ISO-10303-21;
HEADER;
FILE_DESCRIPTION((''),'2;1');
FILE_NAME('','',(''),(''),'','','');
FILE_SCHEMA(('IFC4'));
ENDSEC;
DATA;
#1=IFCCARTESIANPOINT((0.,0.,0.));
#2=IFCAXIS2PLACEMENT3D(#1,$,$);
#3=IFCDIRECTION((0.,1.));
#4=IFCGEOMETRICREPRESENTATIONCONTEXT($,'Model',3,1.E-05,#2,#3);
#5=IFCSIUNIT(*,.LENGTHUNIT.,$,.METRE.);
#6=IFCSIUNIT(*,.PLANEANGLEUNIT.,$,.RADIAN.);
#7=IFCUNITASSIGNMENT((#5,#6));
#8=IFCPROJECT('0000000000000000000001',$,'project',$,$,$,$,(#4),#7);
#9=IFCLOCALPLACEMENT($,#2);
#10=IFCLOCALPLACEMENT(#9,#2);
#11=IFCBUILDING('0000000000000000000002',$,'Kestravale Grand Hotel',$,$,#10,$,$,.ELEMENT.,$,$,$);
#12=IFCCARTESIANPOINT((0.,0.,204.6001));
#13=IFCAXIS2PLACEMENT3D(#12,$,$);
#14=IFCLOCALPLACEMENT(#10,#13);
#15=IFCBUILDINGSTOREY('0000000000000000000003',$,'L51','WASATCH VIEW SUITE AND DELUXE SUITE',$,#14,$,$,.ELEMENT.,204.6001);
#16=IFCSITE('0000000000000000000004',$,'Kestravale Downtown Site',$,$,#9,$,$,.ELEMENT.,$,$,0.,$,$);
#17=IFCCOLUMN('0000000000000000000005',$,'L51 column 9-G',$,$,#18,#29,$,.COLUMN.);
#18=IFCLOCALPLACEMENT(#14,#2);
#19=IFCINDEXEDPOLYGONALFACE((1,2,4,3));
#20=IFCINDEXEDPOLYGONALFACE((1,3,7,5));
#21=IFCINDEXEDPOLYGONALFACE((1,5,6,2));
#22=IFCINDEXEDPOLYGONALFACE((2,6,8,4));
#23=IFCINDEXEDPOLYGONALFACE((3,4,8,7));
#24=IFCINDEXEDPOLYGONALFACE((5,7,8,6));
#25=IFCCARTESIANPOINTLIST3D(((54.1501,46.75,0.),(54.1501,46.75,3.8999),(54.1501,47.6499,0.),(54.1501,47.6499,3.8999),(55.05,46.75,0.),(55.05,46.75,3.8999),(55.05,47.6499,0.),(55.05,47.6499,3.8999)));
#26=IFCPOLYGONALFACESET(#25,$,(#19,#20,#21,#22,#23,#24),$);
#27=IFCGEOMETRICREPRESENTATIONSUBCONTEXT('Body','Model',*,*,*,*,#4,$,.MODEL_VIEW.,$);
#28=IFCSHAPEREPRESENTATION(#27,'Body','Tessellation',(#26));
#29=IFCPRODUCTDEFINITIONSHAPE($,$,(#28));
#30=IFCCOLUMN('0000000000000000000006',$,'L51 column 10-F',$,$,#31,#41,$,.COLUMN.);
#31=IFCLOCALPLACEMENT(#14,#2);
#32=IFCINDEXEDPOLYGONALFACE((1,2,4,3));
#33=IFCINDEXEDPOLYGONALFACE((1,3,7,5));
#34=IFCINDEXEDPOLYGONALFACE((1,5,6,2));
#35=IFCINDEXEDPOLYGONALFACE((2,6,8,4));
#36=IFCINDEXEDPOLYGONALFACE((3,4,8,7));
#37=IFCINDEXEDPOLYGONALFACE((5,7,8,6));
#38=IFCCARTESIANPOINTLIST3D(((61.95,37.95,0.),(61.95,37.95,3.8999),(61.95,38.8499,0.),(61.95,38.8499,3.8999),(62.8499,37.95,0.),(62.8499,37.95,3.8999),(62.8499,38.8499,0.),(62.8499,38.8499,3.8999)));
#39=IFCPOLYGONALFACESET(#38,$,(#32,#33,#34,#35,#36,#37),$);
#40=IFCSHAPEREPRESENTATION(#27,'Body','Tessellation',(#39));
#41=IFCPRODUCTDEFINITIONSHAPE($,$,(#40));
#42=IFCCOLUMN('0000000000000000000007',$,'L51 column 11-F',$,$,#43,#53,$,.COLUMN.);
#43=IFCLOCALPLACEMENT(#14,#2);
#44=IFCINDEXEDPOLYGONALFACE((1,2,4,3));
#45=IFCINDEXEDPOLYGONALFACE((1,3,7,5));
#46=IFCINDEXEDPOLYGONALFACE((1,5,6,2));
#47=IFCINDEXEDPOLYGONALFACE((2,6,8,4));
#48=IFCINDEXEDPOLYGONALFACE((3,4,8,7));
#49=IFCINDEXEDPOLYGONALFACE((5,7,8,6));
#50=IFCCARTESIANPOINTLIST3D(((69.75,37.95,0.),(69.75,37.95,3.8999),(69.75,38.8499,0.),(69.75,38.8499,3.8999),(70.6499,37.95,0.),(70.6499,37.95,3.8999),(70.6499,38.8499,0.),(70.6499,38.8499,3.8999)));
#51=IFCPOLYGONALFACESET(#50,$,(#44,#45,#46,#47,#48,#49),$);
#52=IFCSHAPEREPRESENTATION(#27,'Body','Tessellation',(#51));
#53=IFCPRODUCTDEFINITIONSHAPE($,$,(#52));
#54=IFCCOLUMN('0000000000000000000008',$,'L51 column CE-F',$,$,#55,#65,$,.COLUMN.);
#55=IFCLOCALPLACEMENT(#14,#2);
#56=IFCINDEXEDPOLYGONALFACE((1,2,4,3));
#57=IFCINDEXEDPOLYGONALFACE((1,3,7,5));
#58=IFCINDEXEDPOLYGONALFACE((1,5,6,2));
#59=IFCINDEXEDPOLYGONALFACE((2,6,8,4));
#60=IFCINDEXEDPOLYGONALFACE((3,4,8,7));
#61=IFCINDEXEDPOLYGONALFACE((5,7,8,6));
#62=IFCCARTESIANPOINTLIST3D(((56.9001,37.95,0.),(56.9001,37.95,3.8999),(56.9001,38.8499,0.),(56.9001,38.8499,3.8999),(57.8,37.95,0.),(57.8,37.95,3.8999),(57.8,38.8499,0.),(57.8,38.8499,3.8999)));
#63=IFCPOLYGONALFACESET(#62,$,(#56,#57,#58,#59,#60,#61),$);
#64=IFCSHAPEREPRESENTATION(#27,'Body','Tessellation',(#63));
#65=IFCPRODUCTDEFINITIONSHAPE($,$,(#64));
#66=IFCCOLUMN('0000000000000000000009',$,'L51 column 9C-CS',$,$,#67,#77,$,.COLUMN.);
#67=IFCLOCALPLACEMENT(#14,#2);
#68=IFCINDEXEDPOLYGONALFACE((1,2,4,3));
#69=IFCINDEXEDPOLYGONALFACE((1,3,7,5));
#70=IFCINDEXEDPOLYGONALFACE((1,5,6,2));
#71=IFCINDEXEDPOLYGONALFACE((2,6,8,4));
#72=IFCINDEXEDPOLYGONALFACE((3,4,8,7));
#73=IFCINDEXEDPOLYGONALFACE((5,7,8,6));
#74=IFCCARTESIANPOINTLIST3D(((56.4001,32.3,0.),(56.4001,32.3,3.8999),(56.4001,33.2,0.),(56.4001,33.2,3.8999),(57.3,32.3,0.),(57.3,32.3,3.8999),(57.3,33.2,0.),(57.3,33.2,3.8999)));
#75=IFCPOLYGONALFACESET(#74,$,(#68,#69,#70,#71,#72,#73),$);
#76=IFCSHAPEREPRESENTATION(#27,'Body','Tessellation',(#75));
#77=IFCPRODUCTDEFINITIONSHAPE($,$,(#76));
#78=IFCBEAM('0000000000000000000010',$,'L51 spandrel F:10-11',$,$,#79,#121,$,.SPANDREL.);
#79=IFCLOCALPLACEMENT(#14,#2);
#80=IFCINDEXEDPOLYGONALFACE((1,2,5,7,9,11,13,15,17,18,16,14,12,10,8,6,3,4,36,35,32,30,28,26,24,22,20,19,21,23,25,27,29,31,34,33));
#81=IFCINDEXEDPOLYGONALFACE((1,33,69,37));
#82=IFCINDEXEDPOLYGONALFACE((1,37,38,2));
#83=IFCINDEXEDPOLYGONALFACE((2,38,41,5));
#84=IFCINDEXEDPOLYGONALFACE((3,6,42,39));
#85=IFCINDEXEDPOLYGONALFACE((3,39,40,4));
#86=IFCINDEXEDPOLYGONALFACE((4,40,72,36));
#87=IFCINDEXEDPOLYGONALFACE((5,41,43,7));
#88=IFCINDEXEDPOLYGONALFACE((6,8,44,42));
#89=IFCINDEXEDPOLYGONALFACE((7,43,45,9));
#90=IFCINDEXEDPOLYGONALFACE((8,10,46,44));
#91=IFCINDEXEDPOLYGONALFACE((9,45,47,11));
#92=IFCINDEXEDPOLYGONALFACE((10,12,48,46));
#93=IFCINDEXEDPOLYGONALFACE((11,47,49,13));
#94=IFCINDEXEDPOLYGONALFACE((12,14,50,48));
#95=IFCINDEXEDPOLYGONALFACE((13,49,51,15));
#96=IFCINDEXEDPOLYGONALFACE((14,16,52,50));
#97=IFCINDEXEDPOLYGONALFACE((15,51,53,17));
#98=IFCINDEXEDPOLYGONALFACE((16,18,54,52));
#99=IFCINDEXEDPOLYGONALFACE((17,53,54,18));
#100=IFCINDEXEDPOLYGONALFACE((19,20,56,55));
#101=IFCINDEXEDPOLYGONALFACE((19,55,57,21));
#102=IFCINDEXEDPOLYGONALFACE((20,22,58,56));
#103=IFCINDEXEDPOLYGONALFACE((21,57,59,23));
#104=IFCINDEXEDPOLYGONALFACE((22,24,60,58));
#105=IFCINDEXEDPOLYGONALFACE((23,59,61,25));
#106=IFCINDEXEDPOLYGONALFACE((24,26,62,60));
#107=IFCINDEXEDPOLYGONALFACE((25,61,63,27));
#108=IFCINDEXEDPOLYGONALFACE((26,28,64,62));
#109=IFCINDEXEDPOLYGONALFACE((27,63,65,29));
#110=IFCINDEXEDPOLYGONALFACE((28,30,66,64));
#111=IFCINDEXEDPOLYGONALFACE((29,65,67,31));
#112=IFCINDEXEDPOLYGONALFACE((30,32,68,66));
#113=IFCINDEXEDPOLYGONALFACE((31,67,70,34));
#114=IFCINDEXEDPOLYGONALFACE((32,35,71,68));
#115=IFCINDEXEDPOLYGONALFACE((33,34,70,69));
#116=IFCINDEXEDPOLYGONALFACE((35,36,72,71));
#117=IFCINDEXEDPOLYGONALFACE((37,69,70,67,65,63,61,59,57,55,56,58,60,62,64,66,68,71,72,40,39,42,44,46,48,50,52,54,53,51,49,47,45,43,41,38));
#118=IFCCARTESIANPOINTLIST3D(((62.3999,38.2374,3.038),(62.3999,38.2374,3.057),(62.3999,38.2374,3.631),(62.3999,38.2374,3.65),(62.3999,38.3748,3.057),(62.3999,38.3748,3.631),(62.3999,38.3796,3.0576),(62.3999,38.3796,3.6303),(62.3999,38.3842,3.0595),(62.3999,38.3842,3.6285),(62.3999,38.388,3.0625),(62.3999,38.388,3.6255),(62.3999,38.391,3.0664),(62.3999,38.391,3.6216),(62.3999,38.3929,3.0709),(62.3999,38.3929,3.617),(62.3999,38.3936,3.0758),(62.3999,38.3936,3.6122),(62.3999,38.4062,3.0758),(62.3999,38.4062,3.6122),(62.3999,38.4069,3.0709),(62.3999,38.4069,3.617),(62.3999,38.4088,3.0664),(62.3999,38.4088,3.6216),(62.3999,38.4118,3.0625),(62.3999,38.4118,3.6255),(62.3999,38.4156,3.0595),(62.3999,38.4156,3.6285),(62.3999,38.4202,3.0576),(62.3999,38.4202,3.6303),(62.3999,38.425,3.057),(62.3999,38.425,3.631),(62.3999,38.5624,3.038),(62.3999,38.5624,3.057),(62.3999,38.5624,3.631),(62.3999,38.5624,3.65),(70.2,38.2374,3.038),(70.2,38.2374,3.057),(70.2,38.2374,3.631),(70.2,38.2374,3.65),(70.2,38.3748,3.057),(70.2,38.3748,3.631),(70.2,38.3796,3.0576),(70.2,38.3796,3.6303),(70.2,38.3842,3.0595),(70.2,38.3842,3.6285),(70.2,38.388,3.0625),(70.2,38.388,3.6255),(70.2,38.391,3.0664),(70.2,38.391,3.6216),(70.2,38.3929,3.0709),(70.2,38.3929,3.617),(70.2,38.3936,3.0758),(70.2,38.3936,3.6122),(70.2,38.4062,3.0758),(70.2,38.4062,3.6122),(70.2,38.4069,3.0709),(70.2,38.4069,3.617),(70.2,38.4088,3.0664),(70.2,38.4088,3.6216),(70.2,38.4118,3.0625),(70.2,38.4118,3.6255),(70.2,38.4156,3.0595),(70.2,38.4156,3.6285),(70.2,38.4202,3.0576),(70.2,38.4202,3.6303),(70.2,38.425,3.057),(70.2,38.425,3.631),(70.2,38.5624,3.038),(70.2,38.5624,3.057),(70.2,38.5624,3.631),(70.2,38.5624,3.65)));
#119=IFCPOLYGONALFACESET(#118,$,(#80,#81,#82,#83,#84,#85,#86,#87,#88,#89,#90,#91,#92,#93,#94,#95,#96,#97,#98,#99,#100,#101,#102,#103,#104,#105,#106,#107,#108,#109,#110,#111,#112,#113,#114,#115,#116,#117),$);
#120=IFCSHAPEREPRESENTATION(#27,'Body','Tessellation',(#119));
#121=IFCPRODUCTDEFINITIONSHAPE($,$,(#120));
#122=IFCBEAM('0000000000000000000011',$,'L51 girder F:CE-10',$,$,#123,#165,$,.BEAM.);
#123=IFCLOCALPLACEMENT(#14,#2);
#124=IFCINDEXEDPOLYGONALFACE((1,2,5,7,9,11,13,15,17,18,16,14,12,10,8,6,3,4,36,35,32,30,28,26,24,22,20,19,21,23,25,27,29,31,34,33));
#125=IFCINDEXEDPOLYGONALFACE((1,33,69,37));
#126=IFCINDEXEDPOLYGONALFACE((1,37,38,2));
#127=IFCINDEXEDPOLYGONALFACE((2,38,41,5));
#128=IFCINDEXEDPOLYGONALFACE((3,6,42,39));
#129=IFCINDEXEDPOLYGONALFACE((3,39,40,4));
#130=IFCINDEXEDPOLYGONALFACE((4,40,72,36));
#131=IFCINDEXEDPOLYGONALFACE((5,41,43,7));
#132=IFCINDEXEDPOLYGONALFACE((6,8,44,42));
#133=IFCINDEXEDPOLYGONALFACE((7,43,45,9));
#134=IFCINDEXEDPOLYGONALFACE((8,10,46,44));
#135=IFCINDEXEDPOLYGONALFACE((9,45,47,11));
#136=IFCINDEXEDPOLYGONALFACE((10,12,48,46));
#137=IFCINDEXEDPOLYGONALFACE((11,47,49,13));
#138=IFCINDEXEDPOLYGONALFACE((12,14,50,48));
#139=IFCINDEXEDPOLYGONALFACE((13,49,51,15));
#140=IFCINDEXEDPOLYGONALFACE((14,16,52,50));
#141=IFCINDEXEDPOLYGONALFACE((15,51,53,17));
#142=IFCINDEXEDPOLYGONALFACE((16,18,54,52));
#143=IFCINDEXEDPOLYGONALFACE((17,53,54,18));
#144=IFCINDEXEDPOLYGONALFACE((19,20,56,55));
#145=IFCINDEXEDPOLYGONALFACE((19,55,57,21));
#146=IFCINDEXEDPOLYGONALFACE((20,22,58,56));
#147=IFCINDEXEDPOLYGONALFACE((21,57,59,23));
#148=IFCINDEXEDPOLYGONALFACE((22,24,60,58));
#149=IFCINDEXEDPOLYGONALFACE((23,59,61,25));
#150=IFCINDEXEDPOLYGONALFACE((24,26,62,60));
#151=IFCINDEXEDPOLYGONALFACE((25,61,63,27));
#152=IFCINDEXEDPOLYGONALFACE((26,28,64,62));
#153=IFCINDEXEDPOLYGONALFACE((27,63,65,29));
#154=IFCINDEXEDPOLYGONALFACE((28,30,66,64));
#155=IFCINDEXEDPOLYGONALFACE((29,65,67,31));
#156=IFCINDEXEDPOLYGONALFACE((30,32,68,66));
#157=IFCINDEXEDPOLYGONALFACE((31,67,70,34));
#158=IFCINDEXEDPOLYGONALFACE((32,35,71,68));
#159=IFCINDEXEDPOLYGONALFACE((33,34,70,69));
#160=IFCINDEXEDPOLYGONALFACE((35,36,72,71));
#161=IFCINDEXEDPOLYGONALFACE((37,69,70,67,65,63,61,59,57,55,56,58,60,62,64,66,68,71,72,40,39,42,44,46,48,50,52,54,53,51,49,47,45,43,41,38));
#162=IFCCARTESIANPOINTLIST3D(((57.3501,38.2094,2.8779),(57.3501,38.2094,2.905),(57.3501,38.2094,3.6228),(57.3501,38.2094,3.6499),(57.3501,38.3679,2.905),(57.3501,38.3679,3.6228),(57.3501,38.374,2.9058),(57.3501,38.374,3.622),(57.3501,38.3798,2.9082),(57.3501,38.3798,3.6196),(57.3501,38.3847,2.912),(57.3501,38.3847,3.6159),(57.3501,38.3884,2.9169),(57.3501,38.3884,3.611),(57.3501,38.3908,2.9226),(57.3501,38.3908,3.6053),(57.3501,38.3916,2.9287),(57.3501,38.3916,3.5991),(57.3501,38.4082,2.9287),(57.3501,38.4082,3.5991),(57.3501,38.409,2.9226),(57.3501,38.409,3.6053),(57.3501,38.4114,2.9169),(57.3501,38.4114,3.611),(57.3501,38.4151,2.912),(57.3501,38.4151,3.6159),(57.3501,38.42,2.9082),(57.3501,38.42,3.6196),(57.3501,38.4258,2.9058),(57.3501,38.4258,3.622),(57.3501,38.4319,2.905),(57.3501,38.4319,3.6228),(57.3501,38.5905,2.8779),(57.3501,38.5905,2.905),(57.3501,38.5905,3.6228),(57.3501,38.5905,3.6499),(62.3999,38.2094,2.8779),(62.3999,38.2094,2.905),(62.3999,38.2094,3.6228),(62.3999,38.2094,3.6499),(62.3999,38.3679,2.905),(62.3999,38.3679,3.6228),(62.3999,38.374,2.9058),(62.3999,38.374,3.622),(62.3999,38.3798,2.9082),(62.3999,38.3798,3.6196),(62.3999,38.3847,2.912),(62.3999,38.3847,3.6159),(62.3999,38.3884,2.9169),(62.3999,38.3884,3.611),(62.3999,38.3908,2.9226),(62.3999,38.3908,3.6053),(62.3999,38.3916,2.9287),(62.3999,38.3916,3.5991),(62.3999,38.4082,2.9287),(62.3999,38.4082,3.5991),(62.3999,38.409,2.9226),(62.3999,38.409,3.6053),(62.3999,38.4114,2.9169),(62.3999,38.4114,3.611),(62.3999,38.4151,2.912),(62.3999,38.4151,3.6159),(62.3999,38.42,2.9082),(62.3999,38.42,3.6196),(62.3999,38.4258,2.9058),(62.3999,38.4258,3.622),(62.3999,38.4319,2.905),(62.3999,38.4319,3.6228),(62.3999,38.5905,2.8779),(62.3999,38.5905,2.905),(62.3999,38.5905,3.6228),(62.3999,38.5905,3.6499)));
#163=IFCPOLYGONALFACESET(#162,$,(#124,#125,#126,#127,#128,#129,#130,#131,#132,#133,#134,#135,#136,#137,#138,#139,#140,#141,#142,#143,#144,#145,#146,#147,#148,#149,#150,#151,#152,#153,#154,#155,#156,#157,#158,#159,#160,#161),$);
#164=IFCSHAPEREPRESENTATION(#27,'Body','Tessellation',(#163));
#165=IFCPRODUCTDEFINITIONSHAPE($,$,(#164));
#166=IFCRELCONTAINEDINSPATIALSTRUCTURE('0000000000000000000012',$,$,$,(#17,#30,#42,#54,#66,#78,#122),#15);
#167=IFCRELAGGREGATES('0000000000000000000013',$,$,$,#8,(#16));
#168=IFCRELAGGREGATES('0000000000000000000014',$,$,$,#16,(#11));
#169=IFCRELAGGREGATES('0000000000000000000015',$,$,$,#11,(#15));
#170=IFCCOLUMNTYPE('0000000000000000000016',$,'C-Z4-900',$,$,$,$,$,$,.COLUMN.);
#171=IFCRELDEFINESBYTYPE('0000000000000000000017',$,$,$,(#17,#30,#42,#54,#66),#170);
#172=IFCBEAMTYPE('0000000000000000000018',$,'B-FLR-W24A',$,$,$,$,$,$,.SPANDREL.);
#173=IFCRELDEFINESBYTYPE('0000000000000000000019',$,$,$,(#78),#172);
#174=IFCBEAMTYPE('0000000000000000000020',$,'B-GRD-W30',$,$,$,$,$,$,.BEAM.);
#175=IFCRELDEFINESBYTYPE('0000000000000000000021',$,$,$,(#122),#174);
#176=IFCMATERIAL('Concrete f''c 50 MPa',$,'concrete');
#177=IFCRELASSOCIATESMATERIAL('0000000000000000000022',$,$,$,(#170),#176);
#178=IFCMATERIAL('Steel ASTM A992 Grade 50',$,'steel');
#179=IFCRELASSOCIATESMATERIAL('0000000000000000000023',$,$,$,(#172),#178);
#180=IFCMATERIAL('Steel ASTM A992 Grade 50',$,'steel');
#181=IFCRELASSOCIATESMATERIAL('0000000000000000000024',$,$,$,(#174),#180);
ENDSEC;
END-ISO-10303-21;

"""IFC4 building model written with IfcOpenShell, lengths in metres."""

from ifc_helpers import new_model, si_unit, direction, frame, origin, origin_2d, place, context, subcontext, project, spatial, rectangle, i_section, extrude, material, material_profile, profile_set, type_object, element, save


model = new_model("IFC4")

# Units and contexts
model_context = context("Model", 3, precision=1e-05, world=origin(), true_north=direction((0.0, 1.0)))
body_context = subcontext(model_context, "Body", "Model", "MODEL_VIEW")
ifc_project = project(units=[si_unit("LENGTHUNIT", "METRE"), si_unit("PLANEANGLEUNIT", "RADIAN")], contexts=[model_context])

# Site, building, storey
site_placement = place(None, origin())
site = spatial("IfcSite", under=ifc_project, at=site_placement, Name="Kestravale Downtown Site", CompositionType="ELEMENT", RefElevation=0.0)
building_placement = place(site_placement, origin())
building = spatial("IfcBuilding", under=site, at=building_placement, Name="Kestravale Grand Hotel", CompositionType="ELEMENT")
storey_placement = place(building_placement, frame((0.0, 0.0, 204.6001)))
storey = spatial("IfcBuildingStorey", under=building, at=storey_placement, Name="L51", Description="WASATCH VIEW SUITE AND DELUXE SUITE", CompositionType="ELEMENT", Elevation=204.6001)

# Columns
ifc_material_1 = material(Name="Concrete f'c 50 MPa", Category="concrete")
ifc_material_profile_1 = material_profile(ifc_material_1, rectangle(XDim=0.8999, YDim=0.8999, at=origin_2d()))
ifc_profile_set_1 = profile_set([ifc_material_profile_1], Name="Concrete f'c 50 MPa")
column_type = type_object("IfcColumnType", Name="C-Z4-900", PredefinedType="COLUMN", material=ifc_profile_set_1)
for number, where, z_axis, x_axis, name in (
    (1, (54.6001, 47.2, 0.0), (0.0, 0.0, 1.0), (1.0, 0.0, 0.0), "L51 column 9-G"),
    (2, (62.3999, 38.3999, 0.0), (0.0, 0.0, 1.0), (1.0, 0.0, 0.0), "L51 column 10-F"),
    (3, (70.2, 38.3999, 0.0), (0.0, 0.0, 1.0), (1.0, 0.0, 0.0), "L51 column 11-F"),
    (4, (57.3501, 38.3999, 0.0), (0.0, 0.0, 1.0), (1.0, 0.0, 0.0), "L51 column CE-F"),
    (5, (56.8501, 32.75, 0.0), (0.0, 0.0, 1.0), (1.0, 0.0, 0.0), "L51 column 9C-CS"),
):
    element("IfcColumn", number, at=place(storey_placement, frame(where, z_axis=z_axis, x_axis=x_axis)), inside=storey, type_object=column_type, Name=name, PredefinedType="COLUMN", context=body_context, shape_type="SweptSolid", body=[
        extrude(rectangle(XDim=0.8999, YDim=0.8999, at=origin_2d()), origin(), (0.0, 0.0, 1.0), 3.8999),
    ])

# Beams
ifc_material_2 = material(Name="Steel ASTM A992 Grade 50", Category="steel")
ifc_material_profile_2 = material_profile(ifc_material_2, i_section(OverallWidth=0.325, OverallDepth=0.6121, WebThickness=0.0127, FlangeThickness=0.019, FilletRadius=0.0188, at=origin_2d()))
ifc_profile_set_2 = profile_set([ifc_material_profile_2], Name="Steel ASTM A992 Grade 50")
beam_type_1 = type_object("IfcBeamType", Name="B-FLR-W24A", PredefinedType="SPANDREL", material=ifc_profile_set_2)
beam_1_placement = place(storey_placement, frame((62.3999, 38.3999, 3.344), z_axis=(1.0, 0.0, 0.0), x_axis=(0.0, 1.0, 0.0)))
element("IfcBeam", 6, at=beam_1_placement, inside=storey, type_object=beam_type_1, Name="L51 spandrel F:10-11", PredefinedType="SPANDREL", context=body_context, shape_type="SweptSolid", body=[
    extrude(i_section(OverallWidth=0.325, OverallDepth=0.6121, WebThickness=0.0127, FlangeThickness=0.019, FilletRadius=0.0188, at=origin_2d()), origin(), (0.0, 0.0, 1.0), 7.8),
])
ifc_material_3 = material(Name="Steel ASTM A992 Grade 50", Category="steel")
ifc_material_profile_3 = material_profile(ifc_material_3, i_section(OverallWidth=0.3811, OverallDepth=0.772, WebThickness=0.0166, FlangeThickness=0.0271, FilletRadius=0.0237, at=origin_2d()))
ifc_profile_set_3 = profile_set([ifc_material_profile_3], Name="Steel ASTM A992 Grade 50")
beam_type_2 = type_object("IfcBeamType", Name="B-GRD-W30", PredefinedType="BEAM", material=ifc_profile_set_3)
beam_2_placement = place(storey_placement, frame((57.3501, 38.3999, 3.2639), z_axis=(1.0, 0.0, 0.0), x_axis=(0.0, 1.0, 0.0)))
element("IfcBeam", 7, at=beam_2_placement, inside=storey, type_object=beam_type_2, Name="L51 girder F:CE-10", PredefinedType="BEAM", context=body_context, shape_type="SweptSolid", body=[
    extrude(i_section(OverallWidth=0.3811, OverallDepth=0.772, WebThickness=0.0166, FlangeThickness=0.0271, FilletRadius=0.0237, at=origin_2d()), origin(), (0.0, 0.0, 1.0), 5.0498),
])

save(model, "model.ifc")
